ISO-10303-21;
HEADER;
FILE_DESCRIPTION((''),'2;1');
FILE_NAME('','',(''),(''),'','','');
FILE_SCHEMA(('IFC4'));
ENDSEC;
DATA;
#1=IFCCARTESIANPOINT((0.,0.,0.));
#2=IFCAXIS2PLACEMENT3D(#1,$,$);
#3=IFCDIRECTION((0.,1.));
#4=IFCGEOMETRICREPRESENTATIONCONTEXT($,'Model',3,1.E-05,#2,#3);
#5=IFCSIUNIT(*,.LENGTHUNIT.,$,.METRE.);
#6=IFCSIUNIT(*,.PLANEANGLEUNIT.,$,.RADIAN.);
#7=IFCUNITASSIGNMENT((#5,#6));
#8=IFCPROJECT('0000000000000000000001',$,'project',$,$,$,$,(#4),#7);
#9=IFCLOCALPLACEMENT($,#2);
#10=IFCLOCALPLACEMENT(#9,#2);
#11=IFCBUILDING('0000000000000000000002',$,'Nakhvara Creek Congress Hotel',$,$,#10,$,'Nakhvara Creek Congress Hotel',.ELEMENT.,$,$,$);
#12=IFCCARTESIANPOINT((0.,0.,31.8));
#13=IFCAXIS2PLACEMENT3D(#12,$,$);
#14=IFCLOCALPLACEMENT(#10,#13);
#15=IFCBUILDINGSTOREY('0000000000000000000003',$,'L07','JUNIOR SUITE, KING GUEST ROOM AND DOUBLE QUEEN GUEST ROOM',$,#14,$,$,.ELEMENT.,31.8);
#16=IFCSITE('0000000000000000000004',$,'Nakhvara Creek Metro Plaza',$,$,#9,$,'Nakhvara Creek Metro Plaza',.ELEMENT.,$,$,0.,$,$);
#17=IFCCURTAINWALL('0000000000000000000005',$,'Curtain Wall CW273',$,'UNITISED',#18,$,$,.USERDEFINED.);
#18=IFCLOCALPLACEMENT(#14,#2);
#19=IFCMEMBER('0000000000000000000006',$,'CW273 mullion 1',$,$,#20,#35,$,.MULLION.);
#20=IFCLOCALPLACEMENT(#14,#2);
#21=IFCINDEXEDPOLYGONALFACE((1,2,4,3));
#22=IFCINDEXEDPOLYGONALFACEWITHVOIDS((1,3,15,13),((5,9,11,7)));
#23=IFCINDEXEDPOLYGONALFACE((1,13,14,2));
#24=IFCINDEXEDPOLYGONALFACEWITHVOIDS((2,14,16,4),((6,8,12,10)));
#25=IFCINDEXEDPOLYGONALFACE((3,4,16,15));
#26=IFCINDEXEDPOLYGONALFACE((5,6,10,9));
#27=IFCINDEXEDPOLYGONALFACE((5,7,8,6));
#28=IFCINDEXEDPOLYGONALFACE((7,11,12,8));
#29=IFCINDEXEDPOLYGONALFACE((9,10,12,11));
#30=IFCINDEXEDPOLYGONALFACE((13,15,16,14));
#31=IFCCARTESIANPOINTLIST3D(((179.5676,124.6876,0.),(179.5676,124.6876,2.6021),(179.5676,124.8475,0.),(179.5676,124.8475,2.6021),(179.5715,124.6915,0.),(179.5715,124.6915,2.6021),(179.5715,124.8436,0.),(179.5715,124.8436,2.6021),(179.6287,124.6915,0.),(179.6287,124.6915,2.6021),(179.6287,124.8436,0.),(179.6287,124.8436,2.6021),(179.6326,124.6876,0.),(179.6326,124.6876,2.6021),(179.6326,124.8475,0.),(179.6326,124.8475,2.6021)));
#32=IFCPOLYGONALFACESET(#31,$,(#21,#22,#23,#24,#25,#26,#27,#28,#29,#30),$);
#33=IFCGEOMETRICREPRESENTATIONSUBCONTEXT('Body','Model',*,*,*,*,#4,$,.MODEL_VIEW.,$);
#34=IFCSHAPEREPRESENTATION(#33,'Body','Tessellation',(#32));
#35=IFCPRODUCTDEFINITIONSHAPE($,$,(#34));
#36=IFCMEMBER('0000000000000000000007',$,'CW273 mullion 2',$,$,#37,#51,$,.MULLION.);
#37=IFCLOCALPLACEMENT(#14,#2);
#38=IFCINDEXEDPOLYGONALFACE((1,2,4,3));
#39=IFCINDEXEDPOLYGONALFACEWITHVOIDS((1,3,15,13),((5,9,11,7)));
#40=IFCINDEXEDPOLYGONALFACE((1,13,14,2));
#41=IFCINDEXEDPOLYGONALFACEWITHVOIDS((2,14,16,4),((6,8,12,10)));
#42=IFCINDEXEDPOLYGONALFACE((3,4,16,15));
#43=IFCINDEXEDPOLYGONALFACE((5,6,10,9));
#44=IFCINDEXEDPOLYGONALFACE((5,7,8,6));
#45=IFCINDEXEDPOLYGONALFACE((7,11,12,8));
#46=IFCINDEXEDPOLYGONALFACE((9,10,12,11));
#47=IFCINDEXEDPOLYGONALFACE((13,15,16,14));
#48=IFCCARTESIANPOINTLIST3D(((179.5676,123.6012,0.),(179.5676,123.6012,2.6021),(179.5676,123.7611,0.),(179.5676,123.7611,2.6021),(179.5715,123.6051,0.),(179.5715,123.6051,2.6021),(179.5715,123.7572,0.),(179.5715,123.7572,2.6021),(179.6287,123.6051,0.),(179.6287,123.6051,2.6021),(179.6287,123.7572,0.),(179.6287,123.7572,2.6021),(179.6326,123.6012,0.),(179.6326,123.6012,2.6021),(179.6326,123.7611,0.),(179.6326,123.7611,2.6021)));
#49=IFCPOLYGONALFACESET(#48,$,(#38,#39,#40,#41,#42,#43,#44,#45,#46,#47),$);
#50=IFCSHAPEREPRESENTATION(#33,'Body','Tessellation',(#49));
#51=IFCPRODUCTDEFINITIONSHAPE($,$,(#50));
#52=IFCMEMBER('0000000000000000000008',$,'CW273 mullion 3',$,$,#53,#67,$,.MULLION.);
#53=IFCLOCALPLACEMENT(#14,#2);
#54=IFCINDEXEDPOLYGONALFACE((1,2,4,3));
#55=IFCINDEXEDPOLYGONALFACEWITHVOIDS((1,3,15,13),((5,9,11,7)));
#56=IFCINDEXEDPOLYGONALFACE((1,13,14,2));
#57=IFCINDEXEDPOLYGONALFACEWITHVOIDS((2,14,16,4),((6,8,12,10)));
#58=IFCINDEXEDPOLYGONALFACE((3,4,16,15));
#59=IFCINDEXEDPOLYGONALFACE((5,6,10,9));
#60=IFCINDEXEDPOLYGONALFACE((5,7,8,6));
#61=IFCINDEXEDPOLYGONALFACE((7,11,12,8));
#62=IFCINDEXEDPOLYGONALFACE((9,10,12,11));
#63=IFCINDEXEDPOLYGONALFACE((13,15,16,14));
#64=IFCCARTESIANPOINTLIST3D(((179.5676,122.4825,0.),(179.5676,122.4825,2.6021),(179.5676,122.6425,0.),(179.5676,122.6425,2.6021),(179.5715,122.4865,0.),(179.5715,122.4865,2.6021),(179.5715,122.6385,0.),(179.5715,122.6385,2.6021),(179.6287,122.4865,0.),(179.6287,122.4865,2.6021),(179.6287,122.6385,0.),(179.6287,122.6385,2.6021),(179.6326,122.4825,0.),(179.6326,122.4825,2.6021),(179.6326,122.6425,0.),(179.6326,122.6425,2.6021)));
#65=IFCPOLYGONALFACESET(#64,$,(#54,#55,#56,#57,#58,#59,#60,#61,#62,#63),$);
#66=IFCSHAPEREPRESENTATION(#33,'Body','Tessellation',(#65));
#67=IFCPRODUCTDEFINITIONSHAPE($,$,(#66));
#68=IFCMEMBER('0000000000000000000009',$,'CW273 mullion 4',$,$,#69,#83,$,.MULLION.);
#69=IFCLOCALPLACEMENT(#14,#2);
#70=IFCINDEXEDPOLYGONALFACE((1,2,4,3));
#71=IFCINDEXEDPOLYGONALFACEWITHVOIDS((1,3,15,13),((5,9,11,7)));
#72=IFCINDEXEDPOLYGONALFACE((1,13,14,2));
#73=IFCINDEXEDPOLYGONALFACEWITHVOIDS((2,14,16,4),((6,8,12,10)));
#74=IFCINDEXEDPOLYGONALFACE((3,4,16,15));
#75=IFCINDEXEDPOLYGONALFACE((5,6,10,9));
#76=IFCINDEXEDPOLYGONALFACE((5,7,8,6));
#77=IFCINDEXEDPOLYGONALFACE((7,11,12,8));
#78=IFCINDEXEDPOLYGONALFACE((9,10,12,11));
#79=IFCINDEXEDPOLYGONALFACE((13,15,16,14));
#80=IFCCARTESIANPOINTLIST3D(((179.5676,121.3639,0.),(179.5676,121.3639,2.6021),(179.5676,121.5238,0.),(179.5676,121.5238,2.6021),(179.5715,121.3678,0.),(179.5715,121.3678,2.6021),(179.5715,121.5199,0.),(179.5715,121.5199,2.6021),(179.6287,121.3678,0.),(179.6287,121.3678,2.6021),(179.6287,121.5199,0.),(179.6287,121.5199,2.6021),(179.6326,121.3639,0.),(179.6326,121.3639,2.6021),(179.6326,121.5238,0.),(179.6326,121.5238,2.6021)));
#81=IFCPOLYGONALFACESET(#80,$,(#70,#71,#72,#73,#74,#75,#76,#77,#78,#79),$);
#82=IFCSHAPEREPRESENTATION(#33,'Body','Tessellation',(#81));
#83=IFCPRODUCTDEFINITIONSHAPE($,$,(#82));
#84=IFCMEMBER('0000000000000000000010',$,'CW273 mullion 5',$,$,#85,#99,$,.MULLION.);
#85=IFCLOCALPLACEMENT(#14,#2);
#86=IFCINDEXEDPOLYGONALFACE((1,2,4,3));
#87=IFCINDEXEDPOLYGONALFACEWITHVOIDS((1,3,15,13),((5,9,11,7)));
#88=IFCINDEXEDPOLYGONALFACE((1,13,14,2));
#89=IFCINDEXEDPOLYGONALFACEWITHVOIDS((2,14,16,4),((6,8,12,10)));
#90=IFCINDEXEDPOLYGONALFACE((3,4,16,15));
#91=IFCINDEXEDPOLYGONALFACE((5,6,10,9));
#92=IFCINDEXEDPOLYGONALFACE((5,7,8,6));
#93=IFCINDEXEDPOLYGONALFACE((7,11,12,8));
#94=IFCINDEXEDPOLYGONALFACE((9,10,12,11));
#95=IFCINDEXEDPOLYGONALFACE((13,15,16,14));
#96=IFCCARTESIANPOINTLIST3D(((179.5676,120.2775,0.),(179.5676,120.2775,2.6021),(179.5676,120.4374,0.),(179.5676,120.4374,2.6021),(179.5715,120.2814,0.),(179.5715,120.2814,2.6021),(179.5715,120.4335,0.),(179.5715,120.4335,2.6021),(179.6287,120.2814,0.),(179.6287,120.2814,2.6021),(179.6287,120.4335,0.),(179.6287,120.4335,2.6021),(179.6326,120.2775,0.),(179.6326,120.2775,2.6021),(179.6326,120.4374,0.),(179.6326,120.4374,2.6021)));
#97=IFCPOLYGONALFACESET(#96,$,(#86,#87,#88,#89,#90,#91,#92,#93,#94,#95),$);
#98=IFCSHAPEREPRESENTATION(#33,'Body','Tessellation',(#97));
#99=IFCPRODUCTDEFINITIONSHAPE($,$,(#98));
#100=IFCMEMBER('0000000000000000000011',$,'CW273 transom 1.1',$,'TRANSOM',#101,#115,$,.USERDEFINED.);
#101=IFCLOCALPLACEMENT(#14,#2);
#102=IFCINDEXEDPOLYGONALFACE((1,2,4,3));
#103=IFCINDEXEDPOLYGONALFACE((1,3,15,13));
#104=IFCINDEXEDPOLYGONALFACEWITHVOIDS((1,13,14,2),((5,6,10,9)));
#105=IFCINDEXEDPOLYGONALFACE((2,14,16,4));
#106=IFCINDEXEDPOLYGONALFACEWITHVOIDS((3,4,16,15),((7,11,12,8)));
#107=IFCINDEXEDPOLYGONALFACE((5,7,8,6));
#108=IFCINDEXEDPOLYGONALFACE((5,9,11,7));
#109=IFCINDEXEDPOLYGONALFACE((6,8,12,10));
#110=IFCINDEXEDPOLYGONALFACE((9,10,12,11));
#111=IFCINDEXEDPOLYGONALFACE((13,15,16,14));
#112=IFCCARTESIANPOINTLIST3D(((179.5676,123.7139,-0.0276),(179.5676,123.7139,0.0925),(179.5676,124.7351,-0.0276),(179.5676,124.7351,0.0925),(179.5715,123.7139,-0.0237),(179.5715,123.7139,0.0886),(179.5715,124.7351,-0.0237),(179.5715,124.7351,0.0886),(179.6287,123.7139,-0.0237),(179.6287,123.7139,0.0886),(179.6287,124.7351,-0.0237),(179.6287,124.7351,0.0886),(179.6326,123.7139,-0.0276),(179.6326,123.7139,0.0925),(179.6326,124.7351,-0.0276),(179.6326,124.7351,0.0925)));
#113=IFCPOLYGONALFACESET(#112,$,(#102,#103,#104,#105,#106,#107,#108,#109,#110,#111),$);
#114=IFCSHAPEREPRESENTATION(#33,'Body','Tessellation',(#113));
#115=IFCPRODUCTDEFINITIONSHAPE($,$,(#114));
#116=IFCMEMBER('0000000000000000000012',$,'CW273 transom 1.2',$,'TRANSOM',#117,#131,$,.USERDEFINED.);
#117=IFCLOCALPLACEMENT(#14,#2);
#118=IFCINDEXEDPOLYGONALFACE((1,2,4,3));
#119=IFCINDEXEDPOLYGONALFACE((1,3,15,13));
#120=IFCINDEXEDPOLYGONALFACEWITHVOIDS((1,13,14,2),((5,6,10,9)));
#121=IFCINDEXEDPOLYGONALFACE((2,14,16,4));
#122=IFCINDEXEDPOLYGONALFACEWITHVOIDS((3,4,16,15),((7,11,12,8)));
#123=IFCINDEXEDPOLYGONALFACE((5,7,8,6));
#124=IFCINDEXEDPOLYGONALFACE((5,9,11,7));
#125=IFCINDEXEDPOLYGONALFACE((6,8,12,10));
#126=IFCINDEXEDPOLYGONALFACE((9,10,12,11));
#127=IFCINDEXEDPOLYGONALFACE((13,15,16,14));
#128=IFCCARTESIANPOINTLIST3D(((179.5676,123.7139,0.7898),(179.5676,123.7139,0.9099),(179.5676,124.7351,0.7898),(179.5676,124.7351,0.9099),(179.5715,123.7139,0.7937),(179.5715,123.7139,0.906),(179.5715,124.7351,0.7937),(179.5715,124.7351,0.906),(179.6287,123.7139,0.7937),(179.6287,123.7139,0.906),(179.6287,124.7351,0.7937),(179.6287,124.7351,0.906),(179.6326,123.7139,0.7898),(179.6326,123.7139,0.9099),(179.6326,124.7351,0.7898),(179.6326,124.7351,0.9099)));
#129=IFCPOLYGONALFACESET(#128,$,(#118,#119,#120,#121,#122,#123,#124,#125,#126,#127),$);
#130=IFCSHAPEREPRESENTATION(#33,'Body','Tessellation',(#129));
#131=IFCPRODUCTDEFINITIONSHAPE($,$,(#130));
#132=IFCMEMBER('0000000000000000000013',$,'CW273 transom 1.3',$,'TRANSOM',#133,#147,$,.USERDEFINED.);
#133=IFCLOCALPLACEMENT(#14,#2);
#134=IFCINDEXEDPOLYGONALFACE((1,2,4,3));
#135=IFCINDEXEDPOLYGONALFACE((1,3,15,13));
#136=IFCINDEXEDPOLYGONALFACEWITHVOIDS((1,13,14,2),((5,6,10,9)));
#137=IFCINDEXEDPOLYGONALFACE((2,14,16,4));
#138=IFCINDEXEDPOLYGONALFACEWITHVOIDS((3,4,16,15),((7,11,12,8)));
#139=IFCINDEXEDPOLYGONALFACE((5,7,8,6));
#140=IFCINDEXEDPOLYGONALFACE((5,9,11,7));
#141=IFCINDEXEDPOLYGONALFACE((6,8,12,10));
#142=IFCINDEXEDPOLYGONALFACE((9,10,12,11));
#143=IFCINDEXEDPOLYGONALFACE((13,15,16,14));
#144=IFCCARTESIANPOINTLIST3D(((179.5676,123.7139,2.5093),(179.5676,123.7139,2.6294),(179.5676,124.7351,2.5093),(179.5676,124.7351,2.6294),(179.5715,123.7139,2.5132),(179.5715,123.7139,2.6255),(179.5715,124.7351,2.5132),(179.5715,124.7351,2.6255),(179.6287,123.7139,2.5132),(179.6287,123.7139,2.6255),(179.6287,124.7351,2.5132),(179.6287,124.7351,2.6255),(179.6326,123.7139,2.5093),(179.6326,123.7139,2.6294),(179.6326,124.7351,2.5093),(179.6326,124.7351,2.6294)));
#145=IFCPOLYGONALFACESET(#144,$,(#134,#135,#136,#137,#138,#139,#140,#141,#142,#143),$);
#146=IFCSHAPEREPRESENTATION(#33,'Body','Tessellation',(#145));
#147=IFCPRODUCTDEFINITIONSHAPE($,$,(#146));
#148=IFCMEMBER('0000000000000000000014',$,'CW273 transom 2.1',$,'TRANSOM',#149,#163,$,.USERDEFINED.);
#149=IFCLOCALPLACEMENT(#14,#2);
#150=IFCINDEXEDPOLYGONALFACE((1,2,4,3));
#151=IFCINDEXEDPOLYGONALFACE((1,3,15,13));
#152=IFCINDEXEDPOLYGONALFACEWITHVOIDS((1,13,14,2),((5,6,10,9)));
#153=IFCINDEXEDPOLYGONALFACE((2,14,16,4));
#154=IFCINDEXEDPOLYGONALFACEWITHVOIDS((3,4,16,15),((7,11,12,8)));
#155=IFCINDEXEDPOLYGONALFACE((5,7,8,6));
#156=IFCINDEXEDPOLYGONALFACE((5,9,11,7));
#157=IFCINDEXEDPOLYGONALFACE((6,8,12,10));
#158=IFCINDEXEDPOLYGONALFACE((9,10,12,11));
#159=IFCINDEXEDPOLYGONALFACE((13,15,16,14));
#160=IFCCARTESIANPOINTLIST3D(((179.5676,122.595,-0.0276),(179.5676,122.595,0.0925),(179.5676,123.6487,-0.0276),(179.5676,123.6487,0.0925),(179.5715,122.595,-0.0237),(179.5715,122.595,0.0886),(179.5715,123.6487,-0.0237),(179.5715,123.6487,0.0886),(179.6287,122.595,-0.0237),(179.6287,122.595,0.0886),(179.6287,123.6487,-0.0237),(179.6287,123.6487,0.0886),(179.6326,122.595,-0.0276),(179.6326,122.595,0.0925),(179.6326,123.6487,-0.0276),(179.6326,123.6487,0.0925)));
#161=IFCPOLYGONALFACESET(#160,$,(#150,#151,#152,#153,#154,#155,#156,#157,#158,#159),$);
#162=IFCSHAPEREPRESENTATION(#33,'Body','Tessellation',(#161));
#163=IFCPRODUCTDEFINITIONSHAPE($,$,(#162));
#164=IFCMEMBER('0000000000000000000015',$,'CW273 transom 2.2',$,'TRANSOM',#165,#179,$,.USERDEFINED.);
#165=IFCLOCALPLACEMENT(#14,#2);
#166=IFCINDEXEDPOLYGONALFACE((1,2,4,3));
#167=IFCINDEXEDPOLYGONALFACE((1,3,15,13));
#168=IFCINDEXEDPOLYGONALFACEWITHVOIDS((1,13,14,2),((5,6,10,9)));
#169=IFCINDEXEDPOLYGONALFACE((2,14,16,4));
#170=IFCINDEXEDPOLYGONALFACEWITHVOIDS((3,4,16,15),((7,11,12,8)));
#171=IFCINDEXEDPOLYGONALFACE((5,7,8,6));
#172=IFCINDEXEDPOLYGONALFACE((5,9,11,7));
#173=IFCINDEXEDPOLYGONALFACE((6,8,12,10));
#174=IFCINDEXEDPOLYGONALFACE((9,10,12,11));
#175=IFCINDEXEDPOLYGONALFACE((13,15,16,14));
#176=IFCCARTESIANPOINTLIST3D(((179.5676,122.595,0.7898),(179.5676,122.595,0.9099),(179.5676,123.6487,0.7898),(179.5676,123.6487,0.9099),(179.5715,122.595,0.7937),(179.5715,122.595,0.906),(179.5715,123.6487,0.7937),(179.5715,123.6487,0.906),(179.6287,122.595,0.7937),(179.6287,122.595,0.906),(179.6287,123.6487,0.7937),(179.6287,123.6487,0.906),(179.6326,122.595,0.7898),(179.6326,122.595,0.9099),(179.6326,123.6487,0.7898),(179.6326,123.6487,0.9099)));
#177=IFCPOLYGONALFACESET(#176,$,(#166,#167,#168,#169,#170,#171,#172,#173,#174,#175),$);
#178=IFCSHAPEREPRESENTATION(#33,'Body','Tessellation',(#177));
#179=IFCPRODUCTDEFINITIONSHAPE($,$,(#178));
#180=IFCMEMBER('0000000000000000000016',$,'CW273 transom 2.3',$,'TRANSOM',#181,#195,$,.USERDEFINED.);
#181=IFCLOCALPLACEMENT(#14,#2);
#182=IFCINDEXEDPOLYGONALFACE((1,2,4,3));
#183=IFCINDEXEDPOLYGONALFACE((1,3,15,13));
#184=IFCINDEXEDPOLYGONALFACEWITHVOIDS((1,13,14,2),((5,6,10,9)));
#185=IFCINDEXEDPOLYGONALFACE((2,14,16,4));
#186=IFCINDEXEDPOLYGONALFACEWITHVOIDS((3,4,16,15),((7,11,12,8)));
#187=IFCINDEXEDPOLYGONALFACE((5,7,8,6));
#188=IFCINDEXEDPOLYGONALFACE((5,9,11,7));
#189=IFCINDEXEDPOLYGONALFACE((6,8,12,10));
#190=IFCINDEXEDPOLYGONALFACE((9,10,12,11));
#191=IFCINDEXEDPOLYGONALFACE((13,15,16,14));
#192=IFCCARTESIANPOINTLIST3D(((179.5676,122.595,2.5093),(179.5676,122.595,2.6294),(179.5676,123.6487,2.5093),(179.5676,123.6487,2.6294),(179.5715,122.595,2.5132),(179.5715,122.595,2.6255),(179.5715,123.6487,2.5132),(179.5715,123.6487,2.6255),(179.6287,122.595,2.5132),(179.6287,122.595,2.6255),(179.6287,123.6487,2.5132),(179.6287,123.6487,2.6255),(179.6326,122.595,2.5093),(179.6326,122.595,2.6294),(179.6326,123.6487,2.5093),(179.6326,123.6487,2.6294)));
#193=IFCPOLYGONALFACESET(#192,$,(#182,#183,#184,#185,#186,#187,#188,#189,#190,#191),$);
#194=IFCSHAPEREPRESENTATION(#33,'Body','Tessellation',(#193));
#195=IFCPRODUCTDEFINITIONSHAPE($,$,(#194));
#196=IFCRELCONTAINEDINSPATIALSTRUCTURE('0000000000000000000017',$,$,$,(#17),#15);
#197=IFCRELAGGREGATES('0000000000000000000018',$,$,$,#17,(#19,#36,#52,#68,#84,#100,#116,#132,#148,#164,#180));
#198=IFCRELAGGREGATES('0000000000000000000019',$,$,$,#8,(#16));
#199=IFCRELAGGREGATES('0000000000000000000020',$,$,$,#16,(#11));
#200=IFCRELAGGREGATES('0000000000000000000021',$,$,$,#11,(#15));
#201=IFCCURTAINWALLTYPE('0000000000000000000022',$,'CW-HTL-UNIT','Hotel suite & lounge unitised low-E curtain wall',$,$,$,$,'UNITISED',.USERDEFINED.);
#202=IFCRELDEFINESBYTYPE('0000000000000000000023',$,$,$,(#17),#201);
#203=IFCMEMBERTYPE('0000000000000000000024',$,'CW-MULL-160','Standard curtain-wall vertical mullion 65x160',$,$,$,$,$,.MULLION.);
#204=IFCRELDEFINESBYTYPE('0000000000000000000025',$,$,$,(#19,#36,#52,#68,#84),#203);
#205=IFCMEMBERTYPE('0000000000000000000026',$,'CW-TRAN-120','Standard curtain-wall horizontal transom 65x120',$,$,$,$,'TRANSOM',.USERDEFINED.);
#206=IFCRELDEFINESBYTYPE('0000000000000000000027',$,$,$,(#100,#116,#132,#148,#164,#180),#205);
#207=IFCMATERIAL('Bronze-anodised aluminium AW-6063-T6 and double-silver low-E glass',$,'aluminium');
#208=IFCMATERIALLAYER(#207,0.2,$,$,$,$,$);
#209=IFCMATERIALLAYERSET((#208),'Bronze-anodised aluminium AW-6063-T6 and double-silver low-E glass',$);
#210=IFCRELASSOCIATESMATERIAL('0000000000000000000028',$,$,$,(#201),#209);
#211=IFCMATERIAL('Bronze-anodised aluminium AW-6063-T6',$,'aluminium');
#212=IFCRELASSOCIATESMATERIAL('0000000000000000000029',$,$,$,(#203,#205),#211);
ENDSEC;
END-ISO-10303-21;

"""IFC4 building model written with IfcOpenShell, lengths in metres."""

from ifc_helpers import new_model, si_unit, direction, frame, origin, origin_2d, place, context, subcontext, project, spatial, hollow_rectangle, extrude, material, layer, layer_set, material_profile, profile_set, type_object, element, aggregate, save


model = new_model("IFC4")

# Units and contexts
model_context = context("Model", 3, precision=1e-05, world=origin(), true_north=direction((0.0, 1.0)))
body_context = subcontext(model_context, "Body", "Model", "MODEL_VIEW")
ifc_project = project(units=[si_unit("LENGTHUNIT", "METRE"), si_unit("PLANEANGLEUNIT", "RADIAN")], contexts=[model_context])

# Site, building, storey
site_placement = place(None, origin())
site = spatial("IfcSite", under=ifc_project, at=site_placement, Name="Nakhvara Creek Metro Plaza", LongName="Nakhvara Creek Metro Plaza", CompositionType="ELEMENT", RefElevation=0.0)
building_placement = place(site_placement, origin())
building = spatial("IfcBuilding", under=site, at=building_placement, Name="Nakhvara Creek Congress Hotel", LongName="Nakhvara Creek Congress Hotel", CompositionType="ELEMENT")
storey_placement = place(building_placement, frame((0.0, 0.0, 31.8)))
storey = spatial("IfcBuildingStorey", under=building, at=storey_placement, Name="L07", Description="JUNIOR SUITE, KING GUEST ROOM AND DOUBLE QUEEN GUEST ROOM", CompositionType="ELEMENT", Elevation=31.8)

# Curtain wall, members
ifc_material_1 = material(Name="Bronze-anodised aluminium AW-6063-T6 and double-silver low-E glass", Category="aluminium")
ifc_layer_1 = layer(ifc_material_1, 0.2)
ifc_layer_set_1 = layer_set([ifc_layer_1], Name="Bronze-anodised aluminium AW-6063-T6 and double-silver low-E glass")
curtain_wall_type = type_object("IfcCurtainWallType", Name="CW-HTL-UNIT", Description="Hotel suite & lounge unitised low-E curtain wall", ElementType="UNITISED", PredefinedType="USERDEFINED", material=ifc_layer_set_1)
curtain_wall_placement = place(storey_placement, origin())
curtain_wall = element("IfcCurtainWall", 1, at=curtain_wall_placement, inside=storey, type_object=curtain_wall_type, Name="Curtain Wall CW273", ObjectType="UNITISED", PredefinedType="USERDEFINED")
ifc_material_2 = material(Name="Bronze-anodised aluminium AW-6063-T6", Category="aluminium")
ifc_material_profile_1 = material_profile(ifc_material_2, hollow_rectangle(XDim=0.0649, YDim=0.1599, WallThickness=0.0039, at=origin_2d()), Name="ALU-MULL 65x160x4", Category="LoadBearing")
ifc_profile_set_1 = profile_set([ifc_material_profile_1], Name="Bronze-anodised aluminium AW-6063-T6")
member_type_1 = type_object("IfcMemberType", Name="CW-MULL-160", Description="Standard curtain-wall vertical mullion 65x160", PredefinedType="MULLION", material=ifc_profile_set_1)
member_1_placement = place(storey_placement, frame((179.6001, 124.7676, 0.0), z_axis=(0.0, 0.0, 1.0), x_axis=(1.0, 0.0, 0.0)))
member_1 = element("IfcMember", 2, at=member_1_placement, type_object=member_type_1, Name="CW273 mullion 1", PredefinedType="MULLION", context=body_context, shape_type="SweptSolid", body=[
    extrude(hollow_rectangle(XDim=0.0649, YDim=0.1599, WallThickness=0.0039, at=origin_2d()), origin(), (0.0, 0.0, 1.0), 2.6021),
])
member_2_placement = place(storey_placement, frame((179.6001, 123.6812, 0.0), z_axis=(0.0, 0.0, 1.0), x_axis=(1.0, 0.0, 0.0)))
member_2 = element("IfcMember", 3, at=member_2_placement, type_object=member_type_1, Name="CW273 mullion 2", PredefinedType="MULLION", context=body_context, shape_type="SweptSolid", body=[
    extrude(hollow_rectangle(XDim=0.0649, YDim=0.1599, WallThickness=0.0039, at=origin_2d()), origin(), (0.0, 0.0, 1.0), 2.6021),
])
member_3_placement = place(storey_placement, frame((179.6001, 122.5625, 0.0), z_axis=(0.0, 0.0, 1.0), x_axis=(1.0, 0.0, 0.0)))
member_3 = element("IfcMember", 4, at=member_3_placement, type_object=member_type_1, Name="CW273 mullion 3", PredefinedType="MULLION", context=body_context, shape_type="SweptSolid", body=[
    extrude(hollow_rectangle(XDim=0.0649, YDim=0.1599, WallThickness=0.0039, at=origin_2d()), origin(), (0.0, 0.0, 1.0), 2.6021),
])
member_4_placement = place(storey_placement, frame((179.6001, 121.4438, 0.0), z_axis=(0.0, 0.0, 1.0), x_axis=(1.0, 0.0, 0.0)))
member_4 = element("IfcMember", 5, at=member_4_placement, type_object=member_type_1, Name="CW273 mullion 4", PredefinedType="MULLION", context=body_context, shape_type="SweptSolid", body=[
    extrude(hollow_rectangle(XDim=0.0649, YDim=0.1599, WallThickness=0.0039, at=origin_2d()), origin(), (0.0, 0.0, 1.0), 2.6021),
])
member_5_placement = place(storey_placement, frame((179.6001, 120.3574, 0.0), z_axis=(0.0, 0.0, 1.0), x_axis=(1.0, 0.0, 0.0)))
member_5 = element("IfcMember", 6, at=member_5_placement, type_object=member_type_1, Name="CW273 mullion 5", PredefinedType="MULLION", context=body_context, shape_type="SweptSolid", body=[
    extrude(hollow_rectangle(XDim=0.0649, YDim=0.1599, WallThickness=0.0039, at=origin_2d()), origin(), (0.0, 0.0, 1.0), 2.6021),
])
ifc_material_profile_2 = material_profile(ifc_material_2, hollow_rectangle(XDim=0.0649, YDim=0.1201, WallThickness=0.0039, at=origin_2d()), Name="ALU-TRAN 65x120x4", Category="LoadBearing")
ifc_profile_set_2 = profile_set([ifc_material_profile_2], Name="Bronze-anodised aluminium AW-6063-T6")
member_type_2 = type_object("IfcMemberType", Name="CW-TRAN-120", Description="Standard curtain-wall horizontal transom 65x120", ElementType="TRANSOM", PredefinedType="USERDEFINED", material=ifc_profile_set_2)
member_6_placement = place(storey_placement, frame((179.6001, 124.7351, 0.0325), z_axis=(0.0, -1.0, 0.0), x_axis=(1.0, 0.0, 0.0)))
member_6 = element("IfcMember", 7, at=member_6_placement, type_object=member_type_2, Name="CW273 transom 1.1", ObjectType="TRANSOM", PredefinedType="USERDEFINED", context=body_context, shape_type="SweptSolid", body=[
    extrude(hollow_rectangle(XDim=0.0649, YDim=0.1201, WallThickness=0.0039, at=origin_2d()), origin(), (0.0, 0.0, 1.0), 1.0212),
])
member_7_placement = place(storey_placement, frame((179.6001, 124.7351, 0.8499), z_axis=(0.0, -1.0, 0.0), x_axis=(1.0, 0.0, 0.0)))
member_7 = element("IfcMember", 8, at=member_7_placement, type_object=member_type_2, Name="CW273 transom 1.2", ObjectType="TRANSOM", PredefinedType="USERDEFINED", context=body_context, shape_type="SweptSolid", body=[
    extrude(hollow_rectangle(XDim=0.0649, YDim=0.1201, WallThickness=0.0039, at=origin_2d()), origin(), (0.0, 0.0, 1.0), 1.0212),
])
member_8_placement = place(storey_placement, frame((179.6001, 124.7351, 2.5693), z_axis=(0.0, -1.0, 0.0), x_axis=(1.0, 0.0, 0.0)))
member_8 = element("IfcMember", 9, at=member_8_placement, type_object=member_type_2, Name="CW273 transom 1.3", ObjectType="TRANSOM", PredefinedType="USERDEFINED", context=body_context, shape_type="SweptSolid", body=[
    extrude(hollow_rectangle(XDim=0.0649, YDim=0.1201, WallThickness=0.0039, at=origin_2d()), origin(), (0.0, 0.0, 1.0), 1.0212),
])
member_9_placement = place(storey_placement, frame((179.6001, 123.6487, 0.0325), z_axis=(0.0, -1.0, 0.0), x_axis=(1.0, 0.0, 0.0)))
member_9 = element("IfcMember", 10, at=member_9_placement, type_object=member_type_2, Name="CW273 transom 2.1", ObjectType="TRANSOM", PredefinedType="USERDEFINED", context=body_context, shape_type="SweptSolid", body=[
    extrude(hollow_rectangle(XDim=0.0649, YDim=0.1201, WallThickness=0.0039, at=origin_2d()), origin(), (0.0, 0.0, 1.0), 1.0537),
])
member_10_placement = place(storey_placement, frame((179.6001, 123.6487, 0.8499), z_axis=(0.0, -1.0, 0.0), x_axis=(1.0, 0.0, 0.0)))
member_10 = element("IfcMember", 11, at=member_10_placement, type_object=member_type_2, Name="CW273 transom 2.2", ObjectType="TRANSOM", PredefinedType="USERDEFINED", context=body_context, shape_type="SweptSolid", body=[
    extrude(hollow_rectangle(XDim=0.0649, YDim=0.1201, WallThickness=0.0039, at=origin_2d()), origin(), (0.0, 0.0, 1.0), 1.0537),
])
member_11_placement = place(storey_placement, frame((179.6001, 123.6487, 2.5693), z_axis=(0.0, -1.0, 0.0), x_axis=(1.0, 0.0, 0.0)))
member_11 = element("IfcMember", 12, at=member_11_placement, type_object=member_type_2, Name="CW273 transom 2.3", ObjectType="TRANSOM", PredefinedType="USERDEFINED", context=body_context, shape_type="SweptSolid", body=[
    extrude(hollow_rectangle(XDim=0.0649, YDim=0.1201, WallThickness=0.0039, at=origin_2d()), origin(), (0.0, 0.0, 1.0), 1.0537),
])
aggregate(curtain_wall, [member_1, member_2, member_3, member_4, member_5, member_6, member_7, member_8, member_9, member_10, member_11])

save(model, "model.ifc")
